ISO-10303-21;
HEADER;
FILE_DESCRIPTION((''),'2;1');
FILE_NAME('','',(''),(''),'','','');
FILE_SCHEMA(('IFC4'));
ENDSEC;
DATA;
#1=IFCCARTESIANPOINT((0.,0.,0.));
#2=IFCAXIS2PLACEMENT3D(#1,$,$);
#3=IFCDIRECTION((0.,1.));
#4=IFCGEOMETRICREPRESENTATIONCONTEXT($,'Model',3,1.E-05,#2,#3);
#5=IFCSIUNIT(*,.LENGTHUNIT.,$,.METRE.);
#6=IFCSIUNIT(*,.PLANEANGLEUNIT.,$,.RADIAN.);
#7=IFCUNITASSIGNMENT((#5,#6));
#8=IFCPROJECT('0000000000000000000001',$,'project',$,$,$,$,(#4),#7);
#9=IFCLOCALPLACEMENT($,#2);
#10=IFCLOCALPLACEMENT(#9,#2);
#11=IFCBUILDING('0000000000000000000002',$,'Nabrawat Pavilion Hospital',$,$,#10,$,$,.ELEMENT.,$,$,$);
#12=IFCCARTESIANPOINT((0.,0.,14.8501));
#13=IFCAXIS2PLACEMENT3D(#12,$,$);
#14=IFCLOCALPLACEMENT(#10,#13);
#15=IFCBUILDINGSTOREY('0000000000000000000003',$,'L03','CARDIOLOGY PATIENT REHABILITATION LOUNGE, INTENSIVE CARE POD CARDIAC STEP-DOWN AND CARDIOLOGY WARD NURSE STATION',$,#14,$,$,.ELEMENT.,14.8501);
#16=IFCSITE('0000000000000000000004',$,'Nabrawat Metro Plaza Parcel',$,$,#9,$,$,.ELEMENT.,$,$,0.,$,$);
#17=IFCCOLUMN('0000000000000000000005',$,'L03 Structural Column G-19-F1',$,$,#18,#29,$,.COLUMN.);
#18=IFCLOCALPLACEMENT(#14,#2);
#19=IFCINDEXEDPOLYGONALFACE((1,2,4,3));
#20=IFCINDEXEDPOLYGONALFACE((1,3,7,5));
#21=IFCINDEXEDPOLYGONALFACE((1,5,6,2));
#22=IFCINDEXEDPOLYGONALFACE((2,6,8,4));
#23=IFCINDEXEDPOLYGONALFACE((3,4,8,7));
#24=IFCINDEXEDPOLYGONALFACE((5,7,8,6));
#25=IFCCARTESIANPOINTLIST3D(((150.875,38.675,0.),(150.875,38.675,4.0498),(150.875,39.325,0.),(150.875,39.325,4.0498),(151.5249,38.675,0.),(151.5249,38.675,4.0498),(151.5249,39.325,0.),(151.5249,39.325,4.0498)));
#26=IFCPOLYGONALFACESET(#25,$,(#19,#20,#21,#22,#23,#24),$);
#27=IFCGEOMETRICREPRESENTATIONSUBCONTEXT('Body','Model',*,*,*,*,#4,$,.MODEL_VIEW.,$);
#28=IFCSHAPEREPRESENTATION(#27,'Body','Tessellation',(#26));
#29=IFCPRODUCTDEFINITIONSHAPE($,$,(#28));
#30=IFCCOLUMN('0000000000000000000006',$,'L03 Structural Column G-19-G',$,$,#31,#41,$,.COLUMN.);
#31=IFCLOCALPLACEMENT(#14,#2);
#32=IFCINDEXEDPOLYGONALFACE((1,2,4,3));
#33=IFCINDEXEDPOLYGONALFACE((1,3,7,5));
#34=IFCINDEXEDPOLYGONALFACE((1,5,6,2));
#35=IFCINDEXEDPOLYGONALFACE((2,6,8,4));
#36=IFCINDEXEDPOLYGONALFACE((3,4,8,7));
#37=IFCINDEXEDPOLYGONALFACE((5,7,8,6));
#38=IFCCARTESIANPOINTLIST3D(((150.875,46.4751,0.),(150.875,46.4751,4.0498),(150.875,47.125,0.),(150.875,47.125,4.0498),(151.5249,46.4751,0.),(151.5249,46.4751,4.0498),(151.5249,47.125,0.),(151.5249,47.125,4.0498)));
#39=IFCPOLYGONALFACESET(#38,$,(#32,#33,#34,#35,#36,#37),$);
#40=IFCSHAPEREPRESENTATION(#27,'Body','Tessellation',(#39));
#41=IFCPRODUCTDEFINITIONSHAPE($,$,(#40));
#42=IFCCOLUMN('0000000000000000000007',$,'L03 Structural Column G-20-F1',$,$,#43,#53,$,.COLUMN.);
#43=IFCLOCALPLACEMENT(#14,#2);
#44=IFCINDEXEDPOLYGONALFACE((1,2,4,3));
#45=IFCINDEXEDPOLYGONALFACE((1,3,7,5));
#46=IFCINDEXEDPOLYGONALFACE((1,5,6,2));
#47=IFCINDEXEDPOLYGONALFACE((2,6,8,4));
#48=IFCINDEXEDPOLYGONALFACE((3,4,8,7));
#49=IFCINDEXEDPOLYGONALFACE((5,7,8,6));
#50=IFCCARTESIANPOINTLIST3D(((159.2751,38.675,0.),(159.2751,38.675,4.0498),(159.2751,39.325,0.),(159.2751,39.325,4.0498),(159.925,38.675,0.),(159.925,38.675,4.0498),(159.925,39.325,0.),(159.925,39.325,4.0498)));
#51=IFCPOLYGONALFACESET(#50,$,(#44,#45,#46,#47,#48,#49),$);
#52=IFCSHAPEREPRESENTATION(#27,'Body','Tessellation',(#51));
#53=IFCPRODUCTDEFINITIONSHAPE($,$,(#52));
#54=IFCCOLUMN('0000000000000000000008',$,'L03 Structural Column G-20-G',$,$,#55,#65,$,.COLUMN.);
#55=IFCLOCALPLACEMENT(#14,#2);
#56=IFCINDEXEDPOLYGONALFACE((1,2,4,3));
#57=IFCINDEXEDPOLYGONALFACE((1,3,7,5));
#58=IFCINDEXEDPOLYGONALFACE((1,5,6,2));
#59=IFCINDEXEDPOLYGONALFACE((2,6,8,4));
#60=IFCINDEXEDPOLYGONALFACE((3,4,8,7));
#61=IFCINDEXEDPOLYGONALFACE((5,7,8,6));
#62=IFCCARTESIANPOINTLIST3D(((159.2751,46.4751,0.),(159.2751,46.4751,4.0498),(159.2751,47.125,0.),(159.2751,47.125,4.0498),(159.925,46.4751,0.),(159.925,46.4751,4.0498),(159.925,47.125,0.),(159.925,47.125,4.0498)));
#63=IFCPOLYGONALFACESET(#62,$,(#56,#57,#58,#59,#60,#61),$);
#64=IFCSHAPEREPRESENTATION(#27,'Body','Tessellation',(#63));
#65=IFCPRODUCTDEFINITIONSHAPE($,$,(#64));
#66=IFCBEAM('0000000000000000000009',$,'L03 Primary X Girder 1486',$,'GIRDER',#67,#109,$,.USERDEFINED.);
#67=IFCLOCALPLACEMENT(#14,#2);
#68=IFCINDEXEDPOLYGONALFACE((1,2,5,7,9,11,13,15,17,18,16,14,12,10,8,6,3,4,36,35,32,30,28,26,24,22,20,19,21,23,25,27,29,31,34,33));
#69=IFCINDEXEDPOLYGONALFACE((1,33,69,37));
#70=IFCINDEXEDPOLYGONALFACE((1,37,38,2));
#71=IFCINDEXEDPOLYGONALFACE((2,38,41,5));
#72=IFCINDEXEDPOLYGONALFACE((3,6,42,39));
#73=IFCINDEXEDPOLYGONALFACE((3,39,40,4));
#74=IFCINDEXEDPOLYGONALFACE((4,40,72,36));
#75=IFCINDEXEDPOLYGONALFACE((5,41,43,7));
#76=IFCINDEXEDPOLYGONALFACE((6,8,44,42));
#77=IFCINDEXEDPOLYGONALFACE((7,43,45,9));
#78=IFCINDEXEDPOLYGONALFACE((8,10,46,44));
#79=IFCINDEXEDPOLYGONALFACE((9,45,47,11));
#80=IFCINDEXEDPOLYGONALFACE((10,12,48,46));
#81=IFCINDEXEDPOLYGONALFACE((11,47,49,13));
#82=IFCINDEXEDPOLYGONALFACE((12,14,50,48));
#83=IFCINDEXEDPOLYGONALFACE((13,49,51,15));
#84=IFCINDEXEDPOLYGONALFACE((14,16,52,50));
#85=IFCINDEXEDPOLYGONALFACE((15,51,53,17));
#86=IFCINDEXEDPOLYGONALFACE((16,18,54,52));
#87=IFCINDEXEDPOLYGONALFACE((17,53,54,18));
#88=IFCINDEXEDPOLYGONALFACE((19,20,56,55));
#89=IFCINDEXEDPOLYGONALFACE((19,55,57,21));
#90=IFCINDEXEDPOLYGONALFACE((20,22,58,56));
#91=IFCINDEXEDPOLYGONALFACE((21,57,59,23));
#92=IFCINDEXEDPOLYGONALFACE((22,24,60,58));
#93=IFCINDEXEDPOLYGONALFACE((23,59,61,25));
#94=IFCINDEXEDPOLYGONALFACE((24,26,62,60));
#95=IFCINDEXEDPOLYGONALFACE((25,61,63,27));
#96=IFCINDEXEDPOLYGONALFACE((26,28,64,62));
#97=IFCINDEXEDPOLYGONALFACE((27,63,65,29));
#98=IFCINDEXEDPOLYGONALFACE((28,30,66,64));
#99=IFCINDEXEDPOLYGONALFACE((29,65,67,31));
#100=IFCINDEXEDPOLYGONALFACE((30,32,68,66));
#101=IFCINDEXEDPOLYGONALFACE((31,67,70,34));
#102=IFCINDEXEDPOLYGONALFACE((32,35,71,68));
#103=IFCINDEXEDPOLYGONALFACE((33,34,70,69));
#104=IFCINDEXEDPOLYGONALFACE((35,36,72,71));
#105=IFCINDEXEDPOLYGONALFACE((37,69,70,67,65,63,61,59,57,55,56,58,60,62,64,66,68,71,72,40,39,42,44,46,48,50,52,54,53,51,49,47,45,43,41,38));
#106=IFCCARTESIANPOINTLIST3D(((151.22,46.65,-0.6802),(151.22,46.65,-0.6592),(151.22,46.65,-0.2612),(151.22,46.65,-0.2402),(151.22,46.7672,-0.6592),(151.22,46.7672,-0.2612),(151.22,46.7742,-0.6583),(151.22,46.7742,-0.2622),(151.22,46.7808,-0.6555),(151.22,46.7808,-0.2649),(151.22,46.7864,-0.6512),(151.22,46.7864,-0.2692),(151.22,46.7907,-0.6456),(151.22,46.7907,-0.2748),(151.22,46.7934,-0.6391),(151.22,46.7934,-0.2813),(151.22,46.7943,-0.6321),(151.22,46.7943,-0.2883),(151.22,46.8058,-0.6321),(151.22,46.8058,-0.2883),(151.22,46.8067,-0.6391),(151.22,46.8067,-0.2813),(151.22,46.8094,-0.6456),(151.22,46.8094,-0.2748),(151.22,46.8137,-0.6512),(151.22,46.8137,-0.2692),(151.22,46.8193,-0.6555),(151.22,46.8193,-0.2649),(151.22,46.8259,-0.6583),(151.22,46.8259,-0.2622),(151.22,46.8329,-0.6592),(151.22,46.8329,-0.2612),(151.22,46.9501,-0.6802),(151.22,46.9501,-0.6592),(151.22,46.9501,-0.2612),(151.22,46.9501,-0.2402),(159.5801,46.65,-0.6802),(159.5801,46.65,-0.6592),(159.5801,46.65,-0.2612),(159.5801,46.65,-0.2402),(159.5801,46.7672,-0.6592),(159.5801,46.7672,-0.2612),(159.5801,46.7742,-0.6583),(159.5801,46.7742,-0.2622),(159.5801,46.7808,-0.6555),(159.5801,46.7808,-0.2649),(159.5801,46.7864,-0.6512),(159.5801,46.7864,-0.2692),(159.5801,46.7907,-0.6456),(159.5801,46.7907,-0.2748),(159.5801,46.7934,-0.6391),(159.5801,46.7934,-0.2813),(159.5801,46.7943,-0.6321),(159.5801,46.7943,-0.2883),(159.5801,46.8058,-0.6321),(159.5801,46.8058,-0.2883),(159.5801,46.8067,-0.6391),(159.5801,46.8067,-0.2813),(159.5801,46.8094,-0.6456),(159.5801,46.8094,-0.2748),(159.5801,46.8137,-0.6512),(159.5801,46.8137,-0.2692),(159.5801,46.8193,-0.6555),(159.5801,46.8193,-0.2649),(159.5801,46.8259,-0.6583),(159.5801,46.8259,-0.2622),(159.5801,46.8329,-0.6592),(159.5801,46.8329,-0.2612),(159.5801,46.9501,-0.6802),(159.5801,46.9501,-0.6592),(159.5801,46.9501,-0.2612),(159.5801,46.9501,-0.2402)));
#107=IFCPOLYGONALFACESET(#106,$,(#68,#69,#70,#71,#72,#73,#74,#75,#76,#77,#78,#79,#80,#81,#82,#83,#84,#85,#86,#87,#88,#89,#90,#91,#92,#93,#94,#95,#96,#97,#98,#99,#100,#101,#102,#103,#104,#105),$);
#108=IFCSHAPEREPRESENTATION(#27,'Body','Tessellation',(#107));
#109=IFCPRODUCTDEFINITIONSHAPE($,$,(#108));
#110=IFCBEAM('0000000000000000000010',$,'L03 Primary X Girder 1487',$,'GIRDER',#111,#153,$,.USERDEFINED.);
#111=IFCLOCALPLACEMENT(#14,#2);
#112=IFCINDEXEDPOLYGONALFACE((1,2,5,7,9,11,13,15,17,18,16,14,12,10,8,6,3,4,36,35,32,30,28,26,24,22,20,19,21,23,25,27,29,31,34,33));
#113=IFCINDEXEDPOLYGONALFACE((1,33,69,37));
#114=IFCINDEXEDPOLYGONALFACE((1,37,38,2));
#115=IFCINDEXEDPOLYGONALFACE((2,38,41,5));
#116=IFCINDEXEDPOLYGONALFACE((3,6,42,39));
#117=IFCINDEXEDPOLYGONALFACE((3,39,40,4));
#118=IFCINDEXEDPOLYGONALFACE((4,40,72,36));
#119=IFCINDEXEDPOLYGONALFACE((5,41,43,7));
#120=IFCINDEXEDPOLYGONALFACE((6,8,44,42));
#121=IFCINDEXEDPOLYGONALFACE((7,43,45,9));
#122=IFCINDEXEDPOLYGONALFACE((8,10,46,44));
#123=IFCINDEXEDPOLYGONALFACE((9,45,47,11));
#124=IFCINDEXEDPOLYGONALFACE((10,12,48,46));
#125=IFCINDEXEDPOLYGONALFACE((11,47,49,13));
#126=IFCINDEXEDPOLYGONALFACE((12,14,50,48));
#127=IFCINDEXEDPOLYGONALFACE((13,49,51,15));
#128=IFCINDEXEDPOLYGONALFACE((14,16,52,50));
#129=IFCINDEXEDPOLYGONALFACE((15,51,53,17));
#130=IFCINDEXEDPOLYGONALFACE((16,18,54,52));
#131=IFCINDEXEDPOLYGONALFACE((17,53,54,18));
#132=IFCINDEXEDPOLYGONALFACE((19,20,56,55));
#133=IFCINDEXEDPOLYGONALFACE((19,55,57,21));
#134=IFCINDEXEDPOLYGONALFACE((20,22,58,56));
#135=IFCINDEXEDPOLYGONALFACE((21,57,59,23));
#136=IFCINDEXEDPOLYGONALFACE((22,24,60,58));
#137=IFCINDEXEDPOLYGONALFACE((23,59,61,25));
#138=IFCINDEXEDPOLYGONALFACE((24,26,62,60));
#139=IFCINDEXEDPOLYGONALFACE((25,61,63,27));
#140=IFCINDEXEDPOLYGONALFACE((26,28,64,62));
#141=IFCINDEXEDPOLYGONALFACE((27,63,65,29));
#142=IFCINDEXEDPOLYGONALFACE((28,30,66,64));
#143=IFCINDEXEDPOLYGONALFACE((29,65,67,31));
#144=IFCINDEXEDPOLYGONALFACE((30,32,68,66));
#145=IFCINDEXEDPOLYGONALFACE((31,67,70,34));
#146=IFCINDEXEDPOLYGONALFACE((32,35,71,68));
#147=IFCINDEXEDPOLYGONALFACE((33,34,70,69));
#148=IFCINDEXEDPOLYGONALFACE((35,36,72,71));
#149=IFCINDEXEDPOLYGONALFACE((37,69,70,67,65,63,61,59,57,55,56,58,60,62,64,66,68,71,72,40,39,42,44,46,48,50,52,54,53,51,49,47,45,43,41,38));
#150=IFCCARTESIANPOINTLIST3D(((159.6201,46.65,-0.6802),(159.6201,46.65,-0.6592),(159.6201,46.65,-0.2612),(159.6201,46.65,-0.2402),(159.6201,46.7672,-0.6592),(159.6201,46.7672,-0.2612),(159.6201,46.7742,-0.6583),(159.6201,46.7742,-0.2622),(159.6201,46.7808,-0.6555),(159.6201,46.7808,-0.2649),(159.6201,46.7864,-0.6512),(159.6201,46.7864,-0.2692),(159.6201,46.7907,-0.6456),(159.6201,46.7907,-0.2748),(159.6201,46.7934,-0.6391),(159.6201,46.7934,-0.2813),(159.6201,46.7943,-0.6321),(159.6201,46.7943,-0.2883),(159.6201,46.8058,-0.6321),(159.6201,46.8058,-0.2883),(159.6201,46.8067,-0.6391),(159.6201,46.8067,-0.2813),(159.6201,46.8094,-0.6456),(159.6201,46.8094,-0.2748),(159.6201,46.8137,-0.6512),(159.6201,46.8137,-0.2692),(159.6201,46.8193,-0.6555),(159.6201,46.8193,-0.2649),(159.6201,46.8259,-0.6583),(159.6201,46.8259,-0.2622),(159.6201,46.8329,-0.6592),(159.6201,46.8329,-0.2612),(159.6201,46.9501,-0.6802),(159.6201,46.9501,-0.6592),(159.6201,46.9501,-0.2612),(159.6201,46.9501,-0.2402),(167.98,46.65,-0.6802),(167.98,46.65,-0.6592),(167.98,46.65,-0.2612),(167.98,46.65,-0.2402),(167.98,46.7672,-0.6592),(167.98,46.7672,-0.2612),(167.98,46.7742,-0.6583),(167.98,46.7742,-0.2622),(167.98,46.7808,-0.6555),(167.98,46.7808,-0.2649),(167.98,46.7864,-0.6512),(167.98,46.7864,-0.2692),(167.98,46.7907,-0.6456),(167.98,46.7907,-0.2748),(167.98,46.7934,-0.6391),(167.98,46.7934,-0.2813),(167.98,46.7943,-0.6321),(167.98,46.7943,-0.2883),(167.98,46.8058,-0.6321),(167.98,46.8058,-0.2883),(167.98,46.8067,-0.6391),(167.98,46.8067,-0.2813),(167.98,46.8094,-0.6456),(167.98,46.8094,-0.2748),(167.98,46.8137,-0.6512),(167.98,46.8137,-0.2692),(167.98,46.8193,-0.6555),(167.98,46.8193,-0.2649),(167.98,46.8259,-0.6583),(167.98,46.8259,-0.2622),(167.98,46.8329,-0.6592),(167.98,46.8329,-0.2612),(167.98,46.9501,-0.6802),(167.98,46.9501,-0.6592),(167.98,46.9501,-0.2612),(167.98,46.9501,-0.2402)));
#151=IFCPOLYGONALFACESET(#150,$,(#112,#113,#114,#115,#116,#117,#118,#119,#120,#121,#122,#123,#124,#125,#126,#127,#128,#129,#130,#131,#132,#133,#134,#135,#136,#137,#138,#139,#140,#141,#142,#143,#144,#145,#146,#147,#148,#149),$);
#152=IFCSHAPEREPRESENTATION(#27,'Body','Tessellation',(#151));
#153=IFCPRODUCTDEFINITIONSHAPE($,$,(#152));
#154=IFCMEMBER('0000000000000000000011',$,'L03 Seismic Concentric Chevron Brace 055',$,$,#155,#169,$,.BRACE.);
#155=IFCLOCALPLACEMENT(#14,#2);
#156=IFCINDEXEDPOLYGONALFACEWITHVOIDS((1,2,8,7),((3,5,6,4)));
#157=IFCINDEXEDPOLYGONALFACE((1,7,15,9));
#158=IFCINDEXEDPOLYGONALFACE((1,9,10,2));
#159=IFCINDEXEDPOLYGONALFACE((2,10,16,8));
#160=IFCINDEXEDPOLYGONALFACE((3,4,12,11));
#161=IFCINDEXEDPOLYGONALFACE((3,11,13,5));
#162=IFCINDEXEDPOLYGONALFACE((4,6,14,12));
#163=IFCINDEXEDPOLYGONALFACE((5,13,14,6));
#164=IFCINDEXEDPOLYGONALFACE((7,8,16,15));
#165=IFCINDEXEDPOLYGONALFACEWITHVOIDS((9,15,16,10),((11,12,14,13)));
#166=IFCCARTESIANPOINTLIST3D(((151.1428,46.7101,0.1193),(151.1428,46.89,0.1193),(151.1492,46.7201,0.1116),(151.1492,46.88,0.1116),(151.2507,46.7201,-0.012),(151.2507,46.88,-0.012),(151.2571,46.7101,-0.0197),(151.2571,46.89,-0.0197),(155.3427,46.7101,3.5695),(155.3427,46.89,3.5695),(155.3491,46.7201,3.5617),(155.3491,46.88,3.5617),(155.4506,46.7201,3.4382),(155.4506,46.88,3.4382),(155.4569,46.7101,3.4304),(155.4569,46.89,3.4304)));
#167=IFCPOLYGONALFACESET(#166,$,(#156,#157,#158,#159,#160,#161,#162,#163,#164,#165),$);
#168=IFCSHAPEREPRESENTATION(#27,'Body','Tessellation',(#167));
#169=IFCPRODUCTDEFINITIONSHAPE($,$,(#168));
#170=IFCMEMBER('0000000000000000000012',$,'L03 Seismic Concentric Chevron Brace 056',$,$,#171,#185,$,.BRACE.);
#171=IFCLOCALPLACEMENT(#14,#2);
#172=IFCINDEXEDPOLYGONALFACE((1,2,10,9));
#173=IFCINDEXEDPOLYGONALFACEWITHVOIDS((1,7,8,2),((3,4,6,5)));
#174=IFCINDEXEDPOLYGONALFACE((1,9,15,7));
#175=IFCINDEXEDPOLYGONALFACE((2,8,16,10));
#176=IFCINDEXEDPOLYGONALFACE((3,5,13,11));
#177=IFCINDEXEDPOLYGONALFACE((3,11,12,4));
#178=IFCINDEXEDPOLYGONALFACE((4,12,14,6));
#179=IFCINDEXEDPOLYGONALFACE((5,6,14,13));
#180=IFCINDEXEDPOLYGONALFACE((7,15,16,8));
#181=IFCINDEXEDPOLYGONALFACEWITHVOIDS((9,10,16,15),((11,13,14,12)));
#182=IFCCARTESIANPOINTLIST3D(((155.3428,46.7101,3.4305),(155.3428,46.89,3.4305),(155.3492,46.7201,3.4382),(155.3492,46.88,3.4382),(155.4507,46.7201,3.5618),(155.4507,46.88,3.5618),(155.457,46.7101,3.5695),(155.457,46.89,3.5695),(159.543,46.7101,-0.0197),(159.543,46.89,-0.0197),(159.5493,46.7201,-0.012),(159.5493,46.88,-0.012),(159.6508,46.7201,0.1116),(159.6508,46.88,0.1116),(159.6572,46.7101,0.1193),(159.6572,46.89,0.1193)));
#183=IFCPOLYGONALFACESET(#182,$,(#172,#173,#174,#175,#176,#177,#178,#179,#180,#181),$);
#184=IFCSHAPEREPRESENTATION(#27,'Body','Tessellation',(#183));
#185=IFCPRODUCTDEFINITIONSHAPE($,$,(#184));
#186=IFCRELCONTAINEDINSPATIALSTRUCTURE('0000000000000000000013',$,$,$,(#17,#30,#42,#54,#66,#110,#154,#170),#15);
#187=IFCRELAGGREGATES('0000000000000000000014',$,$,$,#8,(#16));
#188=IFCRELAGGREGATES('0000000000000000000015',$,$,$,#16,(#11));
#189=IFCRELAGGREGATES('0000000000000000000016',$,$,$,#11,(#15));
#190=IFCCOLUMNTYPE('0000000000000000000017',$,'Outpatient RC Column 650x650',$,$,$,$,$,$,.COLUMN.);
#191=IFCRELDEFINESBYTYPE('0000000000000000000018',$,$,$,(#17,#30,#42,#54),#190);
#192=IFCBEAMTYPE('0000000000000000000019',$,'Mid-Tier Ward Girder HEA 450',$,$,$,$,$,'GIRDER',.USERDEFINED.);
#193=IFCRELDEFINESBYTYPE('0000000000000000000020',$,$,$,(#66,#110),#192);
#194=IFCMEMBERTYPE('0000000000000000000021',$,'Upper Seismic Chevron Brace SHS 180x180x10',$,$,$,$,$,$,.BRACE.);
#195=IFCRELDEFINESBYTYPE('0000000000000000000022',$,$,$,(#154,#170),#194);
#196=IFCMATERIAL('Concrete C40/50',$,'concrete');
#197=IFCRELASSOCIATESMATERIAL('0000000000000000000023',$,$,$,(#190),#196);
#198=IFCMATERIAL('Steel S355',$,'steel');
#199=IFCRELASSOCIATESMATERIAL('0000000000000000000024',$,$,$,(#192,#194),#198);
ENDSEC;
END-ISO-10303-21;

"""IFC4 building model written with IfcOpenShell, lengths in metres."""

from ifc_helpers import new_model, si_unit, direction, frame, origin, origin_2d, place, context, subcontext, project, spatial, rectangle, hollow_rectangle, i_section, extrude, material, material_profile, profile_set, type_object, element, save


model = new_model("IFC4")

# Units and contexts
model_context = context("Model", 3, precision=1e-05, world=origin(), true_north=direction((0.0, 1.0)))
body_context = subcontext(model_context, "Body", "Model", "MODEL_VIEW")
ifc_project = project(units=[si_unit("LENGTHUNIT", "METRE"), si_unit("PLANEANGLEUNIT", "RADIAN")], contexts=[model_context])

# Site, building, storey
site_placement = place(None, origin())
site = spatial("IfcSite", under=ifc_project, at=site_placement, Name="Nabrawat Metro Plaza Parcel", CompositionType="ELEMENT", RefElevation=0.0)
building_placement = place(site_placement, origin())
building = spatial("IfcBuilding", under=site, at=building_placement, Name="Nabrawat Pavilion Hospital", CompositionType="ELEMENT")
storey_placement = place(building_placement, frame((0.0, 0.0, 14.8501)))
storey = spatial("IfcBuildingStorey", under=building, at=storey_placement, Name="L03", Description="CARDIOLOGY PATIENT REHABILITATION LOUNGE, INTENSIVE CARE POD CARDIAC STEP-DOWN AND CARDIOLOGY WARD NURSE STATION", CompositionType="ELEMENT", Elevation=14.8501)

# Columns
ifc_material_1 = material(Name="Concrete C40/50", Category="concrete")
ifc_material_profile_1 = material_profile(ifc_material_1, rectangle(XDim=0.6499, YDim=0.6499, at=origin_2d()), Name="RC 650x650")
ifc_profile_set_1 = profile_set([ifc_material_profile_1], Name="Concrete C40/50")
column_type = type_object("IfcColumnType", Name="Outpatient RC Column 650x650", PredefinedType="COLUMN", material=ifc_profile_set_1)
for number, where, z_axis, x_axis, name in (
    (1, (151.2, 39.0, 0.0), (0.0, 0.0, 1.0), (1.0, 0.0, 0.0), "L03 Structural Column G-19-F1"),
    (2, (151.2, 46.8, 0.0), (0.0, 0.0, 1.0), (1.0, 0.0, 0.0), "L03 Structural Column G-19-G"),
    (3, (159.6001, 39.0, 0.0), (0.0, 0.0, 1.0), (1.0, 0.0, 0.0), "L03 Structural Column G-20-F1"),
    (4, (159.6001, 46.8, 0.0), (0.0, 0.0, 1.0), (1.0, 0.0, 0.0), "L03 Structural Column G-20-G"),
):
    element("IfcColumn", number, at=place(storey_placement, frame(where, z_axis=z_axis, x_axis=x_axis)), inside=storey, type_object=column_type, Name=name, PredefinedType="COLUMN", context=body_context, shape_type="SweptSolid", body=[
        extrude(rectangle(XDim=0.6499, YDim=0.6499, at=origin_2d()), origin(), (0.0, 0.0, 1.0), 4.0498),
    ])

# Beams
ifc_material_2 = material(Name="Steel S355", Category="steel")
ifc_material_profile_2 = material_profile(ifc_material_2, i_section(OverallWidth=0.3, OverallDepth=0.4399, WebThickness=0.0115, FlangeThickness=0.021, FilletRadius=0.0271, at=origin_2d()), Name="HEA 450")
ifc_profile_set_2 = profile_set([ifc_material_profile_2], Name="Steel S355")
beam_type_1 = type_object("IfcBeamType", Name="Mid-Tier Ward Girder HEA 450", ElementType="GIRDER", PredefinedType="USERDEFINED", material=ifc_profile_set_2)
beam_1_placement = place(storey_placement, frame((151.22, 46.8, -0.4602), z_axis=(1.0, 0.0, 0.0), x_axis=(0.0, 1.0, 0.0)))
element("IfcBeam", 5, at=beam_1_placement, inside=storey, type_object=beam_type_1, Name="L03 Primary X Girder 1486", ObjectType="GIRDER", PredefinedType="USERDEFINED", context=body_context, shape_type="SweptSolid", body=[
    extrude(i_section(OverallWidth=0.3, OverallDepth=0.4399, WebThickness=0.0115, FlangeThickness=0.021, FilletRadius=0.0271, at=origin_2d()), origin(), (0.0, 0.0, 1.0), 8.3601),
])
beam_2_placement = place(storey_placement, frame((159.6201, 46.8, -0.4602), z_axis=(1.0, 0.0, 0.0), x_axis=(0.0, 1.0, 0.0)))
element("IfcBeam", 6, at=beam_2_placement, inside=storey, type_object=beam_type_1, Name="L03 Primary X Girder 1487", ObjectType="GIRDER", PredefinedType="USERDEFINED", context=body_context, shape_type="SweptSolid", body=[
    extrude(i_section(OverallWidth=0.3, OverallDepth=0.4399, WebThickness=0.0115, FlangeThickness=0.021, FilletRadius=0.0271, at=origin_2d()), origin(), (0.0, 0.0, 1.0), 8.3599),
])

# Members
ifc_material_profile_3 = material_profile(ifc_material_2, hollow_rectangle(XDim=0.1799, YDim=0.1799, WallThickness=0.01, at=origin_2d()), Name="SHS 180x180x10")
ifc_profile_set_3 = profile_set([ifc_material_profile_3], Name="Steel S355")
member_type = type_object("IfcMemberType", Name="Upper Seismic Chevron Brace SHS 180x180x10", PredefinedType="BRACE", material=ifc_profile_set_3)
member_1_placement = place(storey_placement, frame((151.2, 46.8, 0.0498), z_axis=(0.772705, 0.0, 0.634765), x_axis=(0.0, 1.0, 0.0)))
element("IfcMember", 7, at=member_1_placement, inside=storey, type_object=member_type, Name="L03 Seismic Concentric Chevron Brace 055", PredefinedType="BRACE", context=body_context, shape_type="SweptSolid", body=[
    extrude(hollow_rectangle(XDim=0.1799, YDim=0.1799, WallThickness=0.01, at=origin_2d()), origin(), (0.0, 0.0, 1.0), 5.4353),
])
member_2_placement = place(storey_placement, frame((159.6001, 46.8, 0.0498), z_axis=(-0.772723, 0.0, 0.634743), x_axis=(0.0, -1.0, 0.0)))
element("IfcMember", 8, at=member_2_placement, inside=storey, type_object=member_type, Name="L03 Seismic Concentric Chevron Brace 056", PredefinedType="BRACE", context=body_context, shape_type="SweptSolid", body=[
    extrude(hollow_rectangle(XDim=0.1799, YDim=0.1799, WallThickness=0.01, at=origin_2d()), origin(), (0.0, 0.0, 1.0), 5.4355),
])

save(model, "model.ifc")
